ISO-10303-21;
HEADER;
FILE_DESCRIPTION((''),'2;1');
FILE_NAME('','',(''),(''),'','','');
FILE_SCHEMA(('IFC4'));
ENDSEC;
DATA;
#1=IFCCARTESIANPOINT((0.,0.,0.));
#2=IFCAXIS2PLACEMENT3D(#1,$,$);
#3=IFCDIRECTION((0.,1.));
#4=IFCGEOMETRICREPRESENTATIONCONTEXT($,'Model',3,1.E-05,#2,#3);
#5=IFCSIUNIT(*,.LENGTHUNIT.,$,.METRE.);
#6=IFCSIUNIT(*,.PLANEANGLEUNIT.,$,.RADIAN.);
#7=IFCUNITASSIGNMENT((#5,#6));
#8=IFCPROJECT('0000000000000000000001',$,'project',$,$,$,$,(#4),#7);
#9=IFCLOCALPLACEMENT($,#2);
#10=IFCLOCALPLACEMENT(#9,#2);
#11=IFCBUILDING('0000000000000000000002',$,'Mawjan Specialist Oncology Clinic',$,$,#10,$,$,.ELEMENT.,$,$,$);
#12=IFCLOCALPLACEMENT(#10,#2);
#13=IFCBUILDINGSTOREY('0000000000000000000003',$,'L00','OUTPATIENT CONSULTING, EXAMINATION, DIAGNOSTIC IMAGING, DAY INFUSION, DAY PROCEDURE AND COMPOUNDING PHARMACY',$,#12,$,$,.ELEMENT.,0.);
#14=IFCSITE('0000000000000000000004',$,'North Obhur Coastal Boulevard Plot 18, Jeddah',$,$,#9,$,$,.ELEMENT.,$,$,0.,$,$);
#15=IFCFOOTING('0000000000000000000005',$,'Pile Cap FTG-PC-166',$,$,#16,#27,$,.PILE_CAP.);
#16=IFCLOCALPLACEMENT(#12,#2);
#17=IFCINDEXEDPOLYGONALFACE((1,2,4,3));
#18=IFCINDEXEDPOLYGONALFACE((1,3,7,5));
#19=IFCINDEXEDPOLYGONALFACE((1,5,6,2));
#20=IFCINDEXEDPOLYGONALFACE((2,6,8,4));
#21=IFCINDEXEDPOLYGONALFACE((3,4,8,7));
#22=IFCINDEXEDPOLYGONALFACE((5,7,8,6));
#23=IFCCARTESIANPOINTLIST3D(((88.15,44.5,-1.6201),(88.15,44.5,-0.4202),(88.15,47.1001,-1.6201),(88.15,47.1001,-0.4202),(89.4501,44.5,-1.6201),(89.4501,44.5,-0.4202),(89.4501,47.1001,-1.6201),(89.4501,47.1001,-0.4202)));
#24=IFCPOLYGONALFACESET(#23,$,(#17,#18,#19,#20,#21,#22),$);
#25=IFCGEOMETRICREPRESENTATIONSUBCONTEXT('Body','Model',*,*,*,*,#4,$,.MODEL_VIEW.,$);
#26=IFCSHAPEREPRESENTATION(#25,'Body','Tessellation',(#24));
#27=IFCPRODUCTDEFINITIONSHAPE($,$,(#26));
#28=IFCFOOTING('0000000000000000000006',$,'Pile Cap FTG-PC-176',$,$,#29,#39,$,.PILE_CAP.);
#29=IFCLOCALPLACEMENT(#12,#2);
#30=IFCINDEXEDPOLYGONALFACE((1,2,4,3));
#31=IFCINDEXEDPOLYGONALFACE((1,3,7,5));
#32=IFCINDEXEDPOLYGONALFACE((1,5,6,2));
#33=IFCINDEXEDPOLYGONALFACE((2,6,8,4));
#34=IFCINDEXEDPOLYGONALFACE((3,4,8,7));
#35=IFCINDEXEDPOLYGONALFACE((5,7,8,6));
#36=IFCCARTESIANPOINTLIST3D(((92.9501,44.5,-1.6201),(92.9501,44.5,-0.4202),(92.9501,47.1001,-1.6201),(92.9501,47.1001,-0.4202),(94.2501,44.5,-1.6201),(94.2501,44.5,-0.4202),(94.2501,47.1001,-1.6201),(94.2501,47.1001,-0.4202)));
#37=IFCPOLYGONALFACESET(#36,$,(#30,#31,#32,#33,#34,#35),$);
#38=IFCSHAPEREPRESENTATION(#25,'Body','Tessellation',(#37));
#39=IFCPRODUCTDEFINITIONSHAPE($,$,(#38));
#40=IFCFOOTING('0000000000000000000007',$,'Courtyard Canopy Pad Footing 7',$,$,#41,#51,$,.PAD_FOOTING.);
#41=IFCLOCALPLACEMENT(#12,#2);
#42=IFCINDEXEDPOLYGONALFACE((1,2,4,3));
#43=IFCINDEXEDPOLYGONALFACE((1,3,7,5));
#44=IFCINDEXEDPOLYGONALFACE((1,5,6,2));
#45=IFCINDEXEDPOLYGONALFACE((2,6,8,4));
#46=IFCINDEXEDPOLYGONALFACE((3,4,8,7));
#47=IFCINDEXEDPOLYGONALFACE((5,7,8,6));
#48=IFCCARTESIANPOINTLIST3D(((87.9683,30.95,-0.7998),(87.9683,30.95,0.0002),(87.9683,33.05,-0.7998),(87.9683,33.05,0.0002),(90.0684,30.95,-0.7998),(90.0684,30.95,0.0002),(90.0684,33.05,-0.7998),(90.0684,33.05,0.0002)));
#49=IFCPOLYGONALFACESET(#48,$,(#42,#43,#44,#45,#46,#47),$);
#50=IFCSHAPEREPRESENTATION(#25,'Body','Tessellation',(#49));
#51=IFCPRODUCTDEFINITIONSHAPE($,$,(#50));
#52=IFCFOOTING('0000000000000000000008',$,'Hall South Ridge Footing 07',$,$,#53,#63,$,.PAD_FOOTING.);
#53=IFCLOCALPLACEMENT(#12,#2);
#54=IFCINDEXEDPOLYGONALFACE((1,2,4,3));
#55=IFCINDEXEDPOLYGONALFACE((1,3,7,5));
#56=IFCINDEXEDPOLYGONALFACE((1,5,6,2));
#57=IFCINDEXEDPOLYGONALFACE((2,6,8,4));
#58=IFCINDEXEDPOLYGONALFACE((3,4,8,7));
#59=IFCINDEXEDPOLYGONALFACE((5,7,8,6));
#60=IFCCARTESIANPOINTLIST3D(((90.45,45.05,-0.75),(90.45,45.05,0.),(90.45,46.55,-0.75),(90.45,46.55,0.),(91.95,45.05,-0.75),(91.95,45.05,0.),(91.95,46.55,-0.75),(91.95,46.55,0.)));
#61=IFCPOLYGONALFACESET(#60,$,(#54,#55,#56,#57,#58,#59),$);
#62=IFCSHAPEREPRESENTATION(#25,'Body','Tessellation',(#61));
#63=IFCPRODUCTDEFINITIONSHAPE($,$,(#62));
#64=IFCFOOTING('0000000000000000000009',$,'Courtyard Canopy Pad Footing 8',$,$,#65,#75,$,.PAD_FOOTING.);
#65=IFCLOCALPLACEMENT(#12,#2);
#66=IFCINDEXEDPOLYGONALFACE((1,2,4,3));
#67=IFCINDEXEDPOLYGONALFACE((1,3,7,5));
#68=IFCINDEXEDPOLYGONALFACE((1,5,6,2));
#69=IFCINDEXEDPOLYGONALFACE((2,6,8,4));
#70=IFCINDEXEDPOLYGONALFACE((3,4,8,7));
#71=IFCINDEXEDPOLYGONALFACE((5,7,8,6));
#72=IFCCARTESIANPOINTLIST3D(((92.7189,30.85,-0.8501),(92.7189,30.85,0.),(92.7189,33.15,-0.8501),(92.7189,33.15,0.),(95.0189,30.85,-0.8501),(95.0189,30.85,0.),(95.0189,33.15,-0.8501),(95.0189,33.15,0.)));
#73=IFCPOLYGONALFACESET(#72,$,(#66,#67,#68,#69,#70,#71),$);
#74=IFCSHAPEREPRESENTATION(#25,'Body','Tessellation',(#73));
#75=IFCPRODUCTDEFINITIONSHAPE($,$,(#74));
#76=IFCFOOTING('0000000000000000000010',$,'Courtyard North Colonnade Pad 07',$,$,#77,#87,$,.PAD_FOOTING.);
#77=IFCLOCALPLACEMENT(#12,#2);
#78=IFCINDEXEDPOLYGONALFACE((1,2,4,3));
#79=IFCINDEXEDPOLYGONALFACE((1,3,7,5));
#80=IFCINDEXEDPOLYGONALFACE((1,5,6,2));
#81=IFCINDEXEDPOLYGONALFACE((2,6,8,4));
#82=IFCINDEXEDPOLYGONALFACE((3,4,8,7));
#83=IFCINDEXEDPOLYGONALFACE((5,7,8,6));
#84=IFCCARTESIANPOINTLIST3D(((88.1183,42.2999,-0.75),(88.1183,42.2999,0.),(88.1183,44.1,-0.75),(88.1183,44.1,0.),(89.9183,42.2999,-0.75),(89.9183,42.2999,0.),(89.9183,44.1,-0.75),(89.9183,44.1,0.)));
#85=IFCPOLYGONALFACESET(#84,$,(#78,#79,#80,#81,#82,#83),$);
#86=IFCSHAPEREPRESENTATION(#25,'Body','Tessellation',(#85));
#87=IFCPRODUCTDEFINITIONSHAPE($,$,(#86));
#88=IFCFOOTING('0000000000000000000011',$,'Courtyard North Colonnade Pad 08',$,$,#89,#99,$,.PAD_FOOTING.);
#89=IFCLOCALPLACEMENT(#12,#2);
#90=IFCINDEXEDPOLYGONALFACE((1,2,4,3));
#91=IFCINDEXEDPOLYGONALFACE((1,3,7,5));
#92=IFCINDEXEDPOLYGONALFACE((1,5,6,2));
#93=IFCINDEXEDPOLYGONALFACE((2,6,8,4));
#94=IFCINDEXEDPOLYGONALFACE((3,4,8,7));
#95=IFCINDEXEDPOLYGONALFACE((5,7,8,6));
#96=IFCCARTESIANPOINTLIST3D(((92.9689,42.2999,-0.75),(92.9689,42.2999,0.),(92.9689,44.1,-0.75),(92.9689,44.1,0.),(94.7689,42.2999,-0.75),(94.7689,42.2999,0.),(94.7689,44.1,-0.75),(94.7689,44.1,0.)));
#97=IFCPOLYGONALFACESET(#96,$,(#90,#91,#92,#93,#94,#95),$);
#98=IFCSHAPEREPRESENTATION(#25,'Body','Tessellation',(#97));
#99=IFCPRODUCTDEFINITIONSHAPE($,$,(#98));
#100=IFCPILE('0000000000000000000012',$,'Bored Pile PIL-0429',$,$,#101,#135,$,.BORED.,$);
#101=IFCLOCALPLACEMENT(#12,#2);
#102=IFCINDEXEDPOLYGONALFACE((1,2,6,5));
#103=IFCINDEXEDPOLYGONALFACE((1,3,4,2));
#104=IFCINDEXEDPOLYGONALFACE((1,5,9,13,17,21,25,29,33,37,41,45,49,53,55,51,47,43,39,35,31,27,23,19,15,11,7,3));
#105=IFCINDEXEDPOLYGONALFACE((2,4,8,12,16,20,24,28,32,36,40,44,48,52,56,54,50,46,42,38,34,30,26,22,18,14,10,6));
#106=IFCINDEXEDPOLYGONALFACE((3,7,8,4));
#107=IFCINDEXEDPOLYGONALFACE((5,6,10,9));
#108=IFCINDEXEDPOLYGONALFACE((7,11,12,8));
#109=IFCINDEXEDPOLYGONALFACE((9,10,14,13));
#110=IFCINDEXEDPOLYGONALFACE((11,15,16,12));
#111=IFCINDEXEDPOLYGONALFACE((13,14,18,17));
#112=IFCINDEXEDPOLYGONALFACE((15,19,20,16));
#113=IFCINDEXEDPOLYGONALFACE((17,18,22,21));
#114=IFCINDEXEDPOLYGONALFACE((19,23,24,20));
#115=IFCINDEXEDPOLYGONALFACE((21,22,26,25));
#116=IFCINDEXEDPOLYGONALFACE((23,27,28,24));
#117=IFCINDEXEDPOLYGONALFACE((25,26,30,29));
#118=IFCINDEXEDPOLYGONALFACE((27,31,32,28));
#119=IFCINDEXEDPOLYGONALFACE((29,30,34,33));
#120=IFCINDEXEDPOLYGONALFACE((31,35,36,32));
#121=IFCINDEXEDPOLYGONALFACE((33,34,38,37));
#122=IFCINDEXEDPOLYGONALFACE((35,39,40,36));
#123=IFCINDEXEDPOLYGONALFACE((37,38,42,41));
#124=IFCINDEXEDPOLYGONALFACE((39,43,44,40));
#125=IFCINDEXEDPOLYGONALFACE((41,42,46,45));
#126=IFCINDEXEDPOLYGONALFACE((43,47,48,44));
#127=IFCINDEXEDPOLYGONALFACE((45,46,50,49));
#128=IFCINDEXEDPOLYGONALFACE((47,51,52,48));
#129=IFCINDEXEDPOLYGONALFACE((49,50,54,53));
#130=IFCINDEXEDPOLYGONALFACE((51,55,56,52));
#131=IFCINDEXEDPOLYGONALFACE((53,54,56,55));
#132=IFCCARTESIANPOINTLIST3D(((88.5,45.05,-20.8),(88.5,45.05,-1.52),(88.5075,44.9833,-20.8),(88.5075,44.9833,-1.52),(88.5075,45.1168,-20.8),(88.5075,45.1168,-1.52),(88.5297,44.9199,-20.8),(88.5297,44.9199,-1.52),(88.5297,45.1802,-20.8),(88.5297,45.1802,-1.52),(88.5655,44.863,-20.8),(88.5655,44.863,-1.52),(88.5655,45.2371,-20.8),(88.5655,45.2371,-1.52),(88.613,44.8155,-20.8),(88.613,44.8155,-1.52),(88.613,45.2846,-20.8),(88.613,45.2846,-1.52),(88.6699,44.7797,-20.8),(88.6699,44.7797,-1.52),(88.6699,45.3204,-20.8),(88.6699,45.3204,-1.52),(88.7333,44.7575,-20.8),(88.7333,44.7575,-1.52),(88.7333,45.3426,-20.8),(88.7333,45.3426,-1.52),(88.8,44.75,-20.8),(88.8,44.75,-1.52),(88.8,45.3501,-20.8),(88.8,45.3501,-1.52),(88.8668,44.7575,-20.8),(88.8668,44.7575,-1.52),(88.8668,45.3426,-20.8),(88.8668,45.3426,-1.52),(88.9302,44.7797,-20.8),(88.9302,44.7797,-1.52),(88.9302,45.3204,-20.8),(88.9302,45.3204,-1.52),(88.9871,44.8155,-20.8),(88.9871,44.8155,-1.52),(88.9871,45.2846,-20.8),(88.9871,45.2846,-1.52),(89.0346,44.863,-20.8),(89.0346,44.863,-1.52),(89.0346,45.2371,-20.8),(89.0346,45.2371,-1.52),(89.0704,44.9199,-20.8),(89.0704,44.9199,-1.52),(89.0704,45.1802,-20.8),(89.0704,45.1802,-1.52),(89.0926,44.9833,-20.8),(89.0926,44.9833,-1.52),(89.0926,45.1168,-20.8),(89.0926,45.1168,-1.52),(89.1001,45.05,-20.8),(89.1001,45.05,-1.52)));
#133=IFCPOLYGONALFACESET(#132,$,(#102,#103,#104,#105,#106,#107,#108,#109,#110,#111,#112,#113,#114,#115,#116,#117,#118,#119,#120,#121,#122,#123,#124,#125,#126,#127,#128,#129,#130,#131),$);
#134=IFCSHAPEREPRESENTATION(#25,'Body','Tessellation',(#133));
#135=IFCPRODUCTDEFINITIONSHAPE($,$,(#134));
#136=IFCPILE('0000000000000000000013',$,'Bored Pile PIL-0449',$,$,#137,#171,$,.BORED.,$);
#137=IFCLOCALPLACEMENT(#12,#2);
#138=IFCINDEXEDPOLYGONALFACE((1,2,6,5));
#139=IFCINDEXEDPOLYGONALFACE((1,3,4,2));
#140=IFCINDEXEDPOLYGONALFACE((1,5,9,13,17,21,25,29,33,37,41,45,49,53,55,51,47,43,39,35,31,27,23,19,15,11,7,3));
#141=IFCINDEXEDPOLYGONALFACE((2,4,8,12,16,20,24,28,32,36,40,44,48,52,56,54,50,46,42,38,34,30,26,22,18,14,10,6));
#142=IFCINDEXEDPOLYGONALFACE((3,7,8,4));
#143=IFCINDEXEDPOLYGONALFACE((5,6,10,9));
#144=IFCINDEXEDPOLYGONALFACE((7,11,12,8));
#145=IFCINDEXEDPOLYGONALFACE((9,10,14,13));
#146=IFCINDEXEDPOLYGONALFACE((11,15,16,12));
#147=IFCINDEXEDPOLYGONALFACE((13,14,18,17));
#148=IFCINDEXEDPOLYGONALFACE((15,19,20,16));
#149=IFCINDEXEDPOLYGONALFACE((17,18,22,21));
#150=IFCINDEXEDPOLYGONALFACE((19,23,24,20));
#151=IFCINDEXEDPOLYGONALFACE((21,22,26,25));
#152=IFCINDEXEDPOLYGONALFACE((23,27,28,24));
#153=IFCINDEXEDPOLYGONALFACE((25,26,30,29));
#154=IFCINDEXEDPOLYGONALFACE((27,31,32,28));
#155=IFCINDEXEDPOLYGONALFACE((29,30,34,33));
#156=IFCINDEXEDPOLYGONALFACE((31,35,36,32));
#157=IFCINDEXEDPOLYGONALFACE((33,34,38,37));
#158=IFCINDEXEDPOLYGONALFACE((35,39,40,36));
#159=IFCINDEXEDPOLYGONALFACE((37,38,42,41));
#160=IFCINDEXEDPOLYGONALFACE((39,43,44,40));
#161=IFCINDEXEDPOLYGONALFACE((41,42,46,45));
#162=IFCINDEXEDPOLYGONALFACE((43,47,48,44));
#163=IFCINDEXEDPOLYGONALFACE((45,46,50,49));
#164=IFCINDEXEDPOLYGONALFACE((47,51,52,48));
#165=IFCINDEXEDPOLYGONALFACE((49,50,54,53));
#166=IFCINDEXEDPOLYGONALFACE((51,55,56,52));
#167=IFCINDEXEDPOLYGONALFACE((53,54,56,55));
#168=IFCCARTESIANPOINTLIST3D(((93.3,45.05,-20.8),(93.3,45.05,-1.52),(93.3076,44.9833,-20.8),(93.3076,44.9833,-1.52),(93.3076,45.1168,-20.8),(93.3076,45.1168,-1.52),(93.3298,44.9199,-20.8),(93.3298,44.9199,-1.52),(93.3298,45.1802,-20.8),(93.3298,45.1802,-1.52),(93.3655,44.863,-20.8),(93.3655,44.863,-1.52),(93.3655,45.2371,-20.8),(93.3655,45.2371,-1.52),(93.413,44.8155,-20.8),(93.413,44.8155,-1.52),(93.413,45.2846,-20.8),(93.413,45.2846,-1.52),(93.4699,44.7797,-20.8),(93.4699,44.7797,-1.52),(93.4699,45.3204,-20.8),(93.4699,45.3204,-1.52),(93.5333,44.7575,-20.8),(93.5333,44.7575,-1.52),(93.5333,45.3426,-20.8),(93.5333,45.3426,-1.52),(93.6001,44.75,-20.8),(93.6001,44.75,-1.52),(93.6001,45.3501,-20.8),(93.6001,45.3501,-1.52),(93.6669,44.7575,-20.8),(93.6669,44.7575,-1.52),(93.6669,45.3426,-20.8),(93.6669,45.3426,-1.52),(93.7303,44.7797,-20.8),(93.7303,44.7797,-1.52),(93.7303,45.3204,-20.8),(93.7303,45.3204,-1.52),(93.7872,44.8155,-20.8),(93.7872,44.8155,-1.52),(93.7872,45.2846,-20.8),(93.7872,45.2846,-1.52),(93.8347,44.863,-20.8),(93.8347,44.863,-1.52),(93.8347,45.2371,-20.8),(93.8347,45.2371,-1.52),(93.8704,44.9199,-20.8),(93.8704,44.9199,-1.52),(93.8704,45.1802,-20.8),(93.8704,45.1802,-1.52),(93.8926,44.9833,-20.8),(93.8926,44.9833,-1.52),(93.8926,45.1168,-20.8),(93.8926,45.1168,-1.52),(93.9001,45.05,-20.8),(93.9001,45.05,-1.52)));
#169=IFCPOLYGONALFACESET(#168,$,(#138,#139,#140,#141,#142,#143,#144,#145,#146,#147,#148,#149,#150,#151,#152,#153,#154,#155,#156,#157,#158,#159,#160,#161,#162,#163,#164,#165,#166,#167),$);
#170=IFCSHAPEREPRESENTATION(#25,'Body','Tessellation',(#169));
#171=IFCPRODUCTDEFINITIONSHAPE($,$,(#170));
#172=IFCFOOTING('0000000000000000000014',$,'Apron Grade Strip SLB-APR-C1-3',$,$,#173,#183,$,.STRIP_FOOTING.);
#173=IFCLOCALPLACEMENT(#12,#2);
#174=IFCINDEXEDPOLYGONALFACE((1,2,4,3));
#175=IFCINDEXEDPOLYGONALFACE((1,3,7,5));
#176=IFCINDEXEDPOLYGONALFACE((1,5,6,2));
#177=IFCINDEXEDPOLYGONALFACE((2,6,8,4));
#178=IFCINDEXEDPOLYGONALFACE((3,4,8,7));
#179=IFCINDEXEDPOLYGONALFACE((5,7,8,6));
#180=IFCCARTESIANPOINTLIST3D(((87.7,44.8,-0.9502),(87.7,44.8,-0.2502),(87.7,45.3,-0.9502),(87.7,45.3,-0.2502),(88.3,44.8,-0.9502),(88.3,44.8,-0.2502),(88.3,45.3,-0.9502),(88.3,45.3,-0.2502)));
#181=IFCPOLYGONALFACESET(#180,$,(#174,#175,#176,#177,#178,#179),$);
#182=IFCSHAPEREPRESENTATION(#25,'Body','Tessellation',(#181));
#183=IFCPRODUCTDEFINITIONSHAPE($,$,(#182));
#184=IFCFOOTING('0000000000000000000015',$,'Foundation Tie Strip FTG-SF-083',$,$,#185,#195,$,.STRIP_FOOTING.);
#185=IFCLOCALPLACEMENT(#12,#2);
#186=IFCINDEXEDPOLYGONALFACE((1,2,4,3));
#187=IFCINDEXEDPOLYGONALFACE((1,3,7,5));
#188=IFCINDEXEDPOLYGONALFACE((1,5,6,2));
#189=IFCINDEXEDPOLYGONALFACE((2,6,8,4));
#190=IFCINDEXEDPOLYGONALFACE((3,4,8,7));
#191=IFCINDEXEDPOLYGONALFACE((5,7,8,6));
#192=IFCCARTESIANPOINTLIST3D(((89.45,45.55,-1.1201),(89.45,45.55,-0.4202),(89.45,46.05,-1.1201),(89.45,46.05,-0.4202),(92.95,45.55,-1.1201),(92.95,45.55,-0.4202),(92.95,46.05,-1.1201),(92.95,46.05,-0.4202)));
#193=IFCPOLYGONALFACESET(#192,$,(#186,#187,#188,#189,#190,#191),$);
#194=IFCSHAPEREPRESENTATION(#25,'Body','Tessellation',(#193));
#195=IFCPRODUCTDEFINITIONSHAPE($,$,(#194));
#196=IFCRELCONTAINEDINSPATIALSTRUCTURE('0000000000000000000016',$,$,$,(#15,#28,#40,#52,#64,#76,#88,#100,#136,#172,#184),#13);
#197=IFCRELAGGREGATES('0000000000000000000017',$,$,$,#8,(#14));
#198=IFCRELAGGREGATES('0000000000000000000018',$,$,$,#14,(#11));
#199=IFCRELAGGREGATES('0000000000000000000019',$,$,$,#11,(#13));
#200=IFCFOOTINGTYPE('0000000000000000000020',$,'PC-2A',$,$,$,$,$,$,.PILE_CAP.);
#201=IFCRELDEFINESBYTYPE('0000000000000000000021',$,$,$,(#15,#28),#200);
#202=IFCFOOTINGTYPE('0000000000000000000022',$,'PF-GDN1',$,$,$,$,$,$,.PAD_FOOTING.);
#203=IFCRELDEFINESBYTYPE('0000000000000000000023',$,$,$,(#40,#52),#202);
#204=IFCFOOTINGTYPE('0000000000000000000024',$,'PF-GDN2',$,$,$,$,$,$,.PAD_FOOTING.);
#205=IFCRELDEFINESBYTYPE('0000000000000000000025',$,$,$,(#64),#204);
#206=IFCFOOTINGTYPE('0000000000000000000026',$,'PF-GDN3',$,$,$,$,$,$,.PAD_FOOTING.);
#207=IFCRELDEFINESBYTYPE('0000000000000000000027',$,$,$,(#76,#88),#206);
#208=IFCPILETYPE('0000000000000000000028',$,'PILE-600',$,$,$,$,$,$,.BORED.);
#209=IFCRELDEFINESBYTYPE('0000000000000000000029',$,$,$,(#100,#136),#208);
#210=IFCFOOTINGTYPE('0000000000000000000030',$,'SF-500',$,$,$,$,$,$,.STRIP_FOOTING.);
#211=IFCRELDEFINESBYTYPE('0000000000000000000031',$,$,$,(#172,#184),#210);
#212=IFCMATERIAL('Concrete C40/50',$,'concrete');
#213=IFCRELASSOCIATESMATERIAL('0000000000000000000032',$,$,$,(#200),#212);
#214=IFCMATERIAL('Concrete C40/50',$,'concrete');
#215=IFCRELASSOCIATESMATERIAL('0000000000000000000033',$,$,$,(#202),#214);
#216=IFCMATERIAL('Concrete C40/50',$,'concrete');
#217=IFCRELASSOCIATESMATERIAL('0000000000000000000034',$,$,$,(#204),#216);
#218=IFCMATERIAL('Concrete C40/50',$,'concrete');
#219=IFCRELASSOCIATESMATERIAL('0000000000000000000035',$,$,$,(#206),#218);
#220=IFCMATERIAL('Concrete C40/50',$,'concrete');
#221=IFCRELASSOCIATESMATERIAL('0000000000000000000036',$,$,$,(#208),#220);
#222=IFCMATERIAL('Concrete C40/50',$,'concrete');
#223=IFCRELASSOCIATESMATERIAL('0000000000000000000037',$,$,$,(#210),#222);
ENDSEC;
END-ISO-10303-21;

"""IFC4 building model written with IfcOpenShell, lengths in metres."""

from ifc_helpers import new_model, si_unit, direction, frame, origin, origin_2d, place, context, subcontext, project, spatial, rectangle, circle, extrude, material, material_profile, profile_set, type_object, element, save


model = new_model("IFC4")

# Units and contexts
model_context = context("Model", 3, precision=1e-05, world=origin(), true_north=direction((0.0, 1.0)))
body_context = subcontext(model_context, "Body", "Model", "MODEL_VIEW")
ifc_project = project(units=[si_unit("LENGTHUNIT", "METRE"), si_unit("PLANEANGLEUNIT", "RADIAN")], contexts=[model_context])

# Site, building, storey
site_placement = place(None, origin())
site = spatial("IfcSite", under=ifc_project, at=site_placement, Name="North Obhur Coastal Boulevard Plot 18, Jeddah", CompositionType="ELEMENT", RefElevation=0.0)
building_placement = place(site_placement, origin())
building = spatial("IfcBuilding", under=site, at=building_placement, Name="Mawjan Specialist Oncology Clinic", CompositionType="ELEMENT")
storey_placement = place(building_placement, origin())
storey = spatial("IfcBuildingStorey", under=building, at=storey_placement, Name="L00", Description="OUTPATIENT CONSULTING, EXAMINATION, DIAGNOSTIC IMAGING, DAY INFUSION, DAY PROCEDURE AND COMPOUNDING PHARMACY", CompositionType="ELEMENT", Elevation=0.0)

# Footings
ifc_material_1 = material(Name="Concrete C40/50", Category="concrete")
footing_type_1 = type_object("IfcFootingType", Name="PC-2A", PredefinedType="PILE_CAP", material=ifc_material_1)
for number, where, z_axis, x_axis, name in (
    (1, (88.8, 45.8, -1.6201), (0.0, 0.0, 1.0), (0.0, 1.0, 0.0), "Pile Cap FTG-PC-166"),
    (2, (93.6001, 45.8, -1.6201), (0.0, 0.0, 1.0), (0.0, 1.0, 0.0), "Pile Cap FTG-PC-176"),
):
    element("IfcFooting", number, at=place(storey_placement, frame(where, z_axis=z_axis, x_axis=x_axis)), inside=storey, type_object=footing_type_1, Name=name, PredefinedType="PILE_CAP", context=body_context, shape_type="SweptSolid", body=[
        extrude(rectangle(XDim=2.6001, YDim=1.3, at=origin_2d()), origin(), (0.0, 0.0, 1.0), 1.2),
    ])
ifc_material_2 = material(Name="Concrete C40/50", Category="concrete")
footing_type_2 = type_object("IfcFootingType", Name="PF-GDN1", PredefinedType="PAD_FOOTING", material=ifc_material_2)
footing_1_placement = place(storey_placement, frame((89.0183, 32.0, -0.7998), z_axis=(0.0, 0.0, 1.0), x_axis=(1.0, 0.0, 0.0)))
element("IfcFooting", 3, at=footing_1_placement, inside=storey, type_object=footing_type_2, Name="Courtyard Canopy Pad Footing 7", PredefinedType="PAD_FOOTING", context=body_context, shape_type="SweptSolid", body=[
    extrude(rectangle(XDim=2.1001, YDim=2.1001, at=origin_2d()), origin(), (0.0, 0.0, 1.0), 0.8),
])
footing_2_placement = place(storey_placement, frame((91.2, 45.8, -0.75), z_axis=(0.0, 0.0, 1.0), x_axis=(1.0, 0.0, 0.0)))
element("IfcFooting", 4, at=footing_2_placement, inside=storey, type_object=footing_type_2, Name="Hall South Ridge Footing 07", PredefinedType="PAD_FOOTING", context=body_context, shape_type="SweptSolid", body=[
    extrude(rectangle(XDim=1.5, YDim=1.5, at=origin_2d()), origin(), (0.0, 0.0, 1.0), 0.75),
])
ifc_material_3 = material(Name="Concrete C40/50", Category="concrete")
footing_type_3 = type_object("IfcFootingType", Name="PF-GDN2", PredefinedType="PAD_FOOTING", material=ifc_material_3)
footing_3_placement = place(storey_placement, frame((93.8689, 32.0, -0.8501), z_axis=(0.0, 0.0, 1.0), x_axis=(1.0, 0.0, 0.0)))
element("IfcFooting", 5, at=footing_3_placement, inside=storey, type_object=footing_type_3, Name="Courtyard Canopy Pad Footing 8", PredefinedType="PAD_FOOTING", context=body_context, shape_type="SweptSolid", body=[
    extrude(rectangle(XDim=2.3, YDim=2.3, at=origin_2d()), origin(), (0.0, 0.0, 1.0), 0.8501),
])
ifc_material_4 = material(Name="Concrete C40/50", Category="concrete")
footing_type_4 = type_object("IfcFootingType", Name="PF-GDN3", PredefinedType="PAD_FOOTING", material=ifc_material_4)
for number, where, z_axis, x_axis, name in (
    (6, (89.0183, 43.2, -0.75), (0.0, 0.0, 1.0), (1.0, 0.0, 0.0), "Courtyard North Colonnade Pad 07"),
    (7, (93.8689, 43.2, -0.75), (0.0, 0.0, 1.0), (1.0, 0.0, 0.0), "Courtyard North Colonnade Pad 08"),
):
    element("IfcFooting", number, at=place(storey_placement, frame(where, z_axis=z_axis, x_axis=x_axis)), inside=storey, type_object=footing_type_4, Name=name, PredefinedType="PAD_FOOTING", context=body_context, shape_type="SweptSolid", body=[
        extrude(rectangle(XDim=1.8, YDim=1.8, at=origin_2d()), origin(), (0.0, 0.0, 1.0), 0.75),
    ])

# Piles
ifc_material_5 = material(Name="Concrete C40/50", Category="concrete")
ifc_material_profile_1 = material_profile(ifc_material_5, circle(Radius=0.3, at=origin_2d()), Name="BORED PILE D600", Category="concrete")
ifc_profile_set_1 = profile_set([ifc_material_profile_1], Name="Concrete C40/50")
pile_type = type_object("IfcPileType", Name="PILE-600", PredefinedType="BORED", material=ifc_profile_set_1)
for number, where, z_axis, x_axis, name in (
    (8, (88.8, 45.05, -1.52), (0.0, 0.0, -1.0), (1.0, 0.0, 0.0), "Bored Pile PIL-0429"),
    (9, (93.6001, 45.05, -1.52), (0.0, 0.0, -1.0), (1.0, 0.0, 0.0), "Bored Pile PIL-0449"),
):
    element("IfcPile", number, at=place(storey_placement, frame(where, z_axis=z_axis, x_axis=x_axis)), inside=storey, type_object=pile_type, Name=name, PredefinedType="BORED", context=body_context, shape_type="SweptSolid", body=[
        extrude(circle(Radius=0.3, at=origin_2d()), origin(), (0.0, 0.0, 1.0), 19.28),
    ])

# Footings
ifc_material_6 = material(Name="Concrete C40/50", Category="concrete")
footing_type_5 = type_object("IfcFootingType", Name="SF-500", PredefinedType="STRIP_FOOTING", material=ifc_material_6)
footing_4_placement = place(storey_placement, frame((88.0, 45.05, -0.9502), z_axis=(0.0, 0.0, 1.0), x_axis=(1.0, 0.0, 0.0)))
element("IfcFooting", 10, at=footing_4_placement, inside=storey, type_object=footing_type_5, Name="Apron Grade Strip SLB-APR-C1-3", PredefinedType="STRIP_FOOTING", context=body_context, shape_type="SweptSolid", body=[
    extrude(rectangle(XDim=0.6001, YDim=0.5, at=origin_2d()), origin(), (0.0, 0.0, 1.0), 0.7),
])
footing_5_placement = place(storey_placement, frame((91.2, 45.8, -1.1201), z_axis=(0.0, 0.0, 1.0), x_axis=(1.0, 0.0, 0.0)))
element("IfcFooting", 11, at=footing_5_placement, inside=storey, type_object=footing_type_5, Name="Foundation Tie Strip FTG-SF-083", PredefinedType="STRIP_FOOTING", context=body_context, shape_type="SweptSolid", body=[
    extrude(rectangle(XDim=3.5, YDim=0.5, at=origin_2d()), origin(), (0.0, 0.0, 1.0), 0.7),
])

save(model, "model.ifc")
